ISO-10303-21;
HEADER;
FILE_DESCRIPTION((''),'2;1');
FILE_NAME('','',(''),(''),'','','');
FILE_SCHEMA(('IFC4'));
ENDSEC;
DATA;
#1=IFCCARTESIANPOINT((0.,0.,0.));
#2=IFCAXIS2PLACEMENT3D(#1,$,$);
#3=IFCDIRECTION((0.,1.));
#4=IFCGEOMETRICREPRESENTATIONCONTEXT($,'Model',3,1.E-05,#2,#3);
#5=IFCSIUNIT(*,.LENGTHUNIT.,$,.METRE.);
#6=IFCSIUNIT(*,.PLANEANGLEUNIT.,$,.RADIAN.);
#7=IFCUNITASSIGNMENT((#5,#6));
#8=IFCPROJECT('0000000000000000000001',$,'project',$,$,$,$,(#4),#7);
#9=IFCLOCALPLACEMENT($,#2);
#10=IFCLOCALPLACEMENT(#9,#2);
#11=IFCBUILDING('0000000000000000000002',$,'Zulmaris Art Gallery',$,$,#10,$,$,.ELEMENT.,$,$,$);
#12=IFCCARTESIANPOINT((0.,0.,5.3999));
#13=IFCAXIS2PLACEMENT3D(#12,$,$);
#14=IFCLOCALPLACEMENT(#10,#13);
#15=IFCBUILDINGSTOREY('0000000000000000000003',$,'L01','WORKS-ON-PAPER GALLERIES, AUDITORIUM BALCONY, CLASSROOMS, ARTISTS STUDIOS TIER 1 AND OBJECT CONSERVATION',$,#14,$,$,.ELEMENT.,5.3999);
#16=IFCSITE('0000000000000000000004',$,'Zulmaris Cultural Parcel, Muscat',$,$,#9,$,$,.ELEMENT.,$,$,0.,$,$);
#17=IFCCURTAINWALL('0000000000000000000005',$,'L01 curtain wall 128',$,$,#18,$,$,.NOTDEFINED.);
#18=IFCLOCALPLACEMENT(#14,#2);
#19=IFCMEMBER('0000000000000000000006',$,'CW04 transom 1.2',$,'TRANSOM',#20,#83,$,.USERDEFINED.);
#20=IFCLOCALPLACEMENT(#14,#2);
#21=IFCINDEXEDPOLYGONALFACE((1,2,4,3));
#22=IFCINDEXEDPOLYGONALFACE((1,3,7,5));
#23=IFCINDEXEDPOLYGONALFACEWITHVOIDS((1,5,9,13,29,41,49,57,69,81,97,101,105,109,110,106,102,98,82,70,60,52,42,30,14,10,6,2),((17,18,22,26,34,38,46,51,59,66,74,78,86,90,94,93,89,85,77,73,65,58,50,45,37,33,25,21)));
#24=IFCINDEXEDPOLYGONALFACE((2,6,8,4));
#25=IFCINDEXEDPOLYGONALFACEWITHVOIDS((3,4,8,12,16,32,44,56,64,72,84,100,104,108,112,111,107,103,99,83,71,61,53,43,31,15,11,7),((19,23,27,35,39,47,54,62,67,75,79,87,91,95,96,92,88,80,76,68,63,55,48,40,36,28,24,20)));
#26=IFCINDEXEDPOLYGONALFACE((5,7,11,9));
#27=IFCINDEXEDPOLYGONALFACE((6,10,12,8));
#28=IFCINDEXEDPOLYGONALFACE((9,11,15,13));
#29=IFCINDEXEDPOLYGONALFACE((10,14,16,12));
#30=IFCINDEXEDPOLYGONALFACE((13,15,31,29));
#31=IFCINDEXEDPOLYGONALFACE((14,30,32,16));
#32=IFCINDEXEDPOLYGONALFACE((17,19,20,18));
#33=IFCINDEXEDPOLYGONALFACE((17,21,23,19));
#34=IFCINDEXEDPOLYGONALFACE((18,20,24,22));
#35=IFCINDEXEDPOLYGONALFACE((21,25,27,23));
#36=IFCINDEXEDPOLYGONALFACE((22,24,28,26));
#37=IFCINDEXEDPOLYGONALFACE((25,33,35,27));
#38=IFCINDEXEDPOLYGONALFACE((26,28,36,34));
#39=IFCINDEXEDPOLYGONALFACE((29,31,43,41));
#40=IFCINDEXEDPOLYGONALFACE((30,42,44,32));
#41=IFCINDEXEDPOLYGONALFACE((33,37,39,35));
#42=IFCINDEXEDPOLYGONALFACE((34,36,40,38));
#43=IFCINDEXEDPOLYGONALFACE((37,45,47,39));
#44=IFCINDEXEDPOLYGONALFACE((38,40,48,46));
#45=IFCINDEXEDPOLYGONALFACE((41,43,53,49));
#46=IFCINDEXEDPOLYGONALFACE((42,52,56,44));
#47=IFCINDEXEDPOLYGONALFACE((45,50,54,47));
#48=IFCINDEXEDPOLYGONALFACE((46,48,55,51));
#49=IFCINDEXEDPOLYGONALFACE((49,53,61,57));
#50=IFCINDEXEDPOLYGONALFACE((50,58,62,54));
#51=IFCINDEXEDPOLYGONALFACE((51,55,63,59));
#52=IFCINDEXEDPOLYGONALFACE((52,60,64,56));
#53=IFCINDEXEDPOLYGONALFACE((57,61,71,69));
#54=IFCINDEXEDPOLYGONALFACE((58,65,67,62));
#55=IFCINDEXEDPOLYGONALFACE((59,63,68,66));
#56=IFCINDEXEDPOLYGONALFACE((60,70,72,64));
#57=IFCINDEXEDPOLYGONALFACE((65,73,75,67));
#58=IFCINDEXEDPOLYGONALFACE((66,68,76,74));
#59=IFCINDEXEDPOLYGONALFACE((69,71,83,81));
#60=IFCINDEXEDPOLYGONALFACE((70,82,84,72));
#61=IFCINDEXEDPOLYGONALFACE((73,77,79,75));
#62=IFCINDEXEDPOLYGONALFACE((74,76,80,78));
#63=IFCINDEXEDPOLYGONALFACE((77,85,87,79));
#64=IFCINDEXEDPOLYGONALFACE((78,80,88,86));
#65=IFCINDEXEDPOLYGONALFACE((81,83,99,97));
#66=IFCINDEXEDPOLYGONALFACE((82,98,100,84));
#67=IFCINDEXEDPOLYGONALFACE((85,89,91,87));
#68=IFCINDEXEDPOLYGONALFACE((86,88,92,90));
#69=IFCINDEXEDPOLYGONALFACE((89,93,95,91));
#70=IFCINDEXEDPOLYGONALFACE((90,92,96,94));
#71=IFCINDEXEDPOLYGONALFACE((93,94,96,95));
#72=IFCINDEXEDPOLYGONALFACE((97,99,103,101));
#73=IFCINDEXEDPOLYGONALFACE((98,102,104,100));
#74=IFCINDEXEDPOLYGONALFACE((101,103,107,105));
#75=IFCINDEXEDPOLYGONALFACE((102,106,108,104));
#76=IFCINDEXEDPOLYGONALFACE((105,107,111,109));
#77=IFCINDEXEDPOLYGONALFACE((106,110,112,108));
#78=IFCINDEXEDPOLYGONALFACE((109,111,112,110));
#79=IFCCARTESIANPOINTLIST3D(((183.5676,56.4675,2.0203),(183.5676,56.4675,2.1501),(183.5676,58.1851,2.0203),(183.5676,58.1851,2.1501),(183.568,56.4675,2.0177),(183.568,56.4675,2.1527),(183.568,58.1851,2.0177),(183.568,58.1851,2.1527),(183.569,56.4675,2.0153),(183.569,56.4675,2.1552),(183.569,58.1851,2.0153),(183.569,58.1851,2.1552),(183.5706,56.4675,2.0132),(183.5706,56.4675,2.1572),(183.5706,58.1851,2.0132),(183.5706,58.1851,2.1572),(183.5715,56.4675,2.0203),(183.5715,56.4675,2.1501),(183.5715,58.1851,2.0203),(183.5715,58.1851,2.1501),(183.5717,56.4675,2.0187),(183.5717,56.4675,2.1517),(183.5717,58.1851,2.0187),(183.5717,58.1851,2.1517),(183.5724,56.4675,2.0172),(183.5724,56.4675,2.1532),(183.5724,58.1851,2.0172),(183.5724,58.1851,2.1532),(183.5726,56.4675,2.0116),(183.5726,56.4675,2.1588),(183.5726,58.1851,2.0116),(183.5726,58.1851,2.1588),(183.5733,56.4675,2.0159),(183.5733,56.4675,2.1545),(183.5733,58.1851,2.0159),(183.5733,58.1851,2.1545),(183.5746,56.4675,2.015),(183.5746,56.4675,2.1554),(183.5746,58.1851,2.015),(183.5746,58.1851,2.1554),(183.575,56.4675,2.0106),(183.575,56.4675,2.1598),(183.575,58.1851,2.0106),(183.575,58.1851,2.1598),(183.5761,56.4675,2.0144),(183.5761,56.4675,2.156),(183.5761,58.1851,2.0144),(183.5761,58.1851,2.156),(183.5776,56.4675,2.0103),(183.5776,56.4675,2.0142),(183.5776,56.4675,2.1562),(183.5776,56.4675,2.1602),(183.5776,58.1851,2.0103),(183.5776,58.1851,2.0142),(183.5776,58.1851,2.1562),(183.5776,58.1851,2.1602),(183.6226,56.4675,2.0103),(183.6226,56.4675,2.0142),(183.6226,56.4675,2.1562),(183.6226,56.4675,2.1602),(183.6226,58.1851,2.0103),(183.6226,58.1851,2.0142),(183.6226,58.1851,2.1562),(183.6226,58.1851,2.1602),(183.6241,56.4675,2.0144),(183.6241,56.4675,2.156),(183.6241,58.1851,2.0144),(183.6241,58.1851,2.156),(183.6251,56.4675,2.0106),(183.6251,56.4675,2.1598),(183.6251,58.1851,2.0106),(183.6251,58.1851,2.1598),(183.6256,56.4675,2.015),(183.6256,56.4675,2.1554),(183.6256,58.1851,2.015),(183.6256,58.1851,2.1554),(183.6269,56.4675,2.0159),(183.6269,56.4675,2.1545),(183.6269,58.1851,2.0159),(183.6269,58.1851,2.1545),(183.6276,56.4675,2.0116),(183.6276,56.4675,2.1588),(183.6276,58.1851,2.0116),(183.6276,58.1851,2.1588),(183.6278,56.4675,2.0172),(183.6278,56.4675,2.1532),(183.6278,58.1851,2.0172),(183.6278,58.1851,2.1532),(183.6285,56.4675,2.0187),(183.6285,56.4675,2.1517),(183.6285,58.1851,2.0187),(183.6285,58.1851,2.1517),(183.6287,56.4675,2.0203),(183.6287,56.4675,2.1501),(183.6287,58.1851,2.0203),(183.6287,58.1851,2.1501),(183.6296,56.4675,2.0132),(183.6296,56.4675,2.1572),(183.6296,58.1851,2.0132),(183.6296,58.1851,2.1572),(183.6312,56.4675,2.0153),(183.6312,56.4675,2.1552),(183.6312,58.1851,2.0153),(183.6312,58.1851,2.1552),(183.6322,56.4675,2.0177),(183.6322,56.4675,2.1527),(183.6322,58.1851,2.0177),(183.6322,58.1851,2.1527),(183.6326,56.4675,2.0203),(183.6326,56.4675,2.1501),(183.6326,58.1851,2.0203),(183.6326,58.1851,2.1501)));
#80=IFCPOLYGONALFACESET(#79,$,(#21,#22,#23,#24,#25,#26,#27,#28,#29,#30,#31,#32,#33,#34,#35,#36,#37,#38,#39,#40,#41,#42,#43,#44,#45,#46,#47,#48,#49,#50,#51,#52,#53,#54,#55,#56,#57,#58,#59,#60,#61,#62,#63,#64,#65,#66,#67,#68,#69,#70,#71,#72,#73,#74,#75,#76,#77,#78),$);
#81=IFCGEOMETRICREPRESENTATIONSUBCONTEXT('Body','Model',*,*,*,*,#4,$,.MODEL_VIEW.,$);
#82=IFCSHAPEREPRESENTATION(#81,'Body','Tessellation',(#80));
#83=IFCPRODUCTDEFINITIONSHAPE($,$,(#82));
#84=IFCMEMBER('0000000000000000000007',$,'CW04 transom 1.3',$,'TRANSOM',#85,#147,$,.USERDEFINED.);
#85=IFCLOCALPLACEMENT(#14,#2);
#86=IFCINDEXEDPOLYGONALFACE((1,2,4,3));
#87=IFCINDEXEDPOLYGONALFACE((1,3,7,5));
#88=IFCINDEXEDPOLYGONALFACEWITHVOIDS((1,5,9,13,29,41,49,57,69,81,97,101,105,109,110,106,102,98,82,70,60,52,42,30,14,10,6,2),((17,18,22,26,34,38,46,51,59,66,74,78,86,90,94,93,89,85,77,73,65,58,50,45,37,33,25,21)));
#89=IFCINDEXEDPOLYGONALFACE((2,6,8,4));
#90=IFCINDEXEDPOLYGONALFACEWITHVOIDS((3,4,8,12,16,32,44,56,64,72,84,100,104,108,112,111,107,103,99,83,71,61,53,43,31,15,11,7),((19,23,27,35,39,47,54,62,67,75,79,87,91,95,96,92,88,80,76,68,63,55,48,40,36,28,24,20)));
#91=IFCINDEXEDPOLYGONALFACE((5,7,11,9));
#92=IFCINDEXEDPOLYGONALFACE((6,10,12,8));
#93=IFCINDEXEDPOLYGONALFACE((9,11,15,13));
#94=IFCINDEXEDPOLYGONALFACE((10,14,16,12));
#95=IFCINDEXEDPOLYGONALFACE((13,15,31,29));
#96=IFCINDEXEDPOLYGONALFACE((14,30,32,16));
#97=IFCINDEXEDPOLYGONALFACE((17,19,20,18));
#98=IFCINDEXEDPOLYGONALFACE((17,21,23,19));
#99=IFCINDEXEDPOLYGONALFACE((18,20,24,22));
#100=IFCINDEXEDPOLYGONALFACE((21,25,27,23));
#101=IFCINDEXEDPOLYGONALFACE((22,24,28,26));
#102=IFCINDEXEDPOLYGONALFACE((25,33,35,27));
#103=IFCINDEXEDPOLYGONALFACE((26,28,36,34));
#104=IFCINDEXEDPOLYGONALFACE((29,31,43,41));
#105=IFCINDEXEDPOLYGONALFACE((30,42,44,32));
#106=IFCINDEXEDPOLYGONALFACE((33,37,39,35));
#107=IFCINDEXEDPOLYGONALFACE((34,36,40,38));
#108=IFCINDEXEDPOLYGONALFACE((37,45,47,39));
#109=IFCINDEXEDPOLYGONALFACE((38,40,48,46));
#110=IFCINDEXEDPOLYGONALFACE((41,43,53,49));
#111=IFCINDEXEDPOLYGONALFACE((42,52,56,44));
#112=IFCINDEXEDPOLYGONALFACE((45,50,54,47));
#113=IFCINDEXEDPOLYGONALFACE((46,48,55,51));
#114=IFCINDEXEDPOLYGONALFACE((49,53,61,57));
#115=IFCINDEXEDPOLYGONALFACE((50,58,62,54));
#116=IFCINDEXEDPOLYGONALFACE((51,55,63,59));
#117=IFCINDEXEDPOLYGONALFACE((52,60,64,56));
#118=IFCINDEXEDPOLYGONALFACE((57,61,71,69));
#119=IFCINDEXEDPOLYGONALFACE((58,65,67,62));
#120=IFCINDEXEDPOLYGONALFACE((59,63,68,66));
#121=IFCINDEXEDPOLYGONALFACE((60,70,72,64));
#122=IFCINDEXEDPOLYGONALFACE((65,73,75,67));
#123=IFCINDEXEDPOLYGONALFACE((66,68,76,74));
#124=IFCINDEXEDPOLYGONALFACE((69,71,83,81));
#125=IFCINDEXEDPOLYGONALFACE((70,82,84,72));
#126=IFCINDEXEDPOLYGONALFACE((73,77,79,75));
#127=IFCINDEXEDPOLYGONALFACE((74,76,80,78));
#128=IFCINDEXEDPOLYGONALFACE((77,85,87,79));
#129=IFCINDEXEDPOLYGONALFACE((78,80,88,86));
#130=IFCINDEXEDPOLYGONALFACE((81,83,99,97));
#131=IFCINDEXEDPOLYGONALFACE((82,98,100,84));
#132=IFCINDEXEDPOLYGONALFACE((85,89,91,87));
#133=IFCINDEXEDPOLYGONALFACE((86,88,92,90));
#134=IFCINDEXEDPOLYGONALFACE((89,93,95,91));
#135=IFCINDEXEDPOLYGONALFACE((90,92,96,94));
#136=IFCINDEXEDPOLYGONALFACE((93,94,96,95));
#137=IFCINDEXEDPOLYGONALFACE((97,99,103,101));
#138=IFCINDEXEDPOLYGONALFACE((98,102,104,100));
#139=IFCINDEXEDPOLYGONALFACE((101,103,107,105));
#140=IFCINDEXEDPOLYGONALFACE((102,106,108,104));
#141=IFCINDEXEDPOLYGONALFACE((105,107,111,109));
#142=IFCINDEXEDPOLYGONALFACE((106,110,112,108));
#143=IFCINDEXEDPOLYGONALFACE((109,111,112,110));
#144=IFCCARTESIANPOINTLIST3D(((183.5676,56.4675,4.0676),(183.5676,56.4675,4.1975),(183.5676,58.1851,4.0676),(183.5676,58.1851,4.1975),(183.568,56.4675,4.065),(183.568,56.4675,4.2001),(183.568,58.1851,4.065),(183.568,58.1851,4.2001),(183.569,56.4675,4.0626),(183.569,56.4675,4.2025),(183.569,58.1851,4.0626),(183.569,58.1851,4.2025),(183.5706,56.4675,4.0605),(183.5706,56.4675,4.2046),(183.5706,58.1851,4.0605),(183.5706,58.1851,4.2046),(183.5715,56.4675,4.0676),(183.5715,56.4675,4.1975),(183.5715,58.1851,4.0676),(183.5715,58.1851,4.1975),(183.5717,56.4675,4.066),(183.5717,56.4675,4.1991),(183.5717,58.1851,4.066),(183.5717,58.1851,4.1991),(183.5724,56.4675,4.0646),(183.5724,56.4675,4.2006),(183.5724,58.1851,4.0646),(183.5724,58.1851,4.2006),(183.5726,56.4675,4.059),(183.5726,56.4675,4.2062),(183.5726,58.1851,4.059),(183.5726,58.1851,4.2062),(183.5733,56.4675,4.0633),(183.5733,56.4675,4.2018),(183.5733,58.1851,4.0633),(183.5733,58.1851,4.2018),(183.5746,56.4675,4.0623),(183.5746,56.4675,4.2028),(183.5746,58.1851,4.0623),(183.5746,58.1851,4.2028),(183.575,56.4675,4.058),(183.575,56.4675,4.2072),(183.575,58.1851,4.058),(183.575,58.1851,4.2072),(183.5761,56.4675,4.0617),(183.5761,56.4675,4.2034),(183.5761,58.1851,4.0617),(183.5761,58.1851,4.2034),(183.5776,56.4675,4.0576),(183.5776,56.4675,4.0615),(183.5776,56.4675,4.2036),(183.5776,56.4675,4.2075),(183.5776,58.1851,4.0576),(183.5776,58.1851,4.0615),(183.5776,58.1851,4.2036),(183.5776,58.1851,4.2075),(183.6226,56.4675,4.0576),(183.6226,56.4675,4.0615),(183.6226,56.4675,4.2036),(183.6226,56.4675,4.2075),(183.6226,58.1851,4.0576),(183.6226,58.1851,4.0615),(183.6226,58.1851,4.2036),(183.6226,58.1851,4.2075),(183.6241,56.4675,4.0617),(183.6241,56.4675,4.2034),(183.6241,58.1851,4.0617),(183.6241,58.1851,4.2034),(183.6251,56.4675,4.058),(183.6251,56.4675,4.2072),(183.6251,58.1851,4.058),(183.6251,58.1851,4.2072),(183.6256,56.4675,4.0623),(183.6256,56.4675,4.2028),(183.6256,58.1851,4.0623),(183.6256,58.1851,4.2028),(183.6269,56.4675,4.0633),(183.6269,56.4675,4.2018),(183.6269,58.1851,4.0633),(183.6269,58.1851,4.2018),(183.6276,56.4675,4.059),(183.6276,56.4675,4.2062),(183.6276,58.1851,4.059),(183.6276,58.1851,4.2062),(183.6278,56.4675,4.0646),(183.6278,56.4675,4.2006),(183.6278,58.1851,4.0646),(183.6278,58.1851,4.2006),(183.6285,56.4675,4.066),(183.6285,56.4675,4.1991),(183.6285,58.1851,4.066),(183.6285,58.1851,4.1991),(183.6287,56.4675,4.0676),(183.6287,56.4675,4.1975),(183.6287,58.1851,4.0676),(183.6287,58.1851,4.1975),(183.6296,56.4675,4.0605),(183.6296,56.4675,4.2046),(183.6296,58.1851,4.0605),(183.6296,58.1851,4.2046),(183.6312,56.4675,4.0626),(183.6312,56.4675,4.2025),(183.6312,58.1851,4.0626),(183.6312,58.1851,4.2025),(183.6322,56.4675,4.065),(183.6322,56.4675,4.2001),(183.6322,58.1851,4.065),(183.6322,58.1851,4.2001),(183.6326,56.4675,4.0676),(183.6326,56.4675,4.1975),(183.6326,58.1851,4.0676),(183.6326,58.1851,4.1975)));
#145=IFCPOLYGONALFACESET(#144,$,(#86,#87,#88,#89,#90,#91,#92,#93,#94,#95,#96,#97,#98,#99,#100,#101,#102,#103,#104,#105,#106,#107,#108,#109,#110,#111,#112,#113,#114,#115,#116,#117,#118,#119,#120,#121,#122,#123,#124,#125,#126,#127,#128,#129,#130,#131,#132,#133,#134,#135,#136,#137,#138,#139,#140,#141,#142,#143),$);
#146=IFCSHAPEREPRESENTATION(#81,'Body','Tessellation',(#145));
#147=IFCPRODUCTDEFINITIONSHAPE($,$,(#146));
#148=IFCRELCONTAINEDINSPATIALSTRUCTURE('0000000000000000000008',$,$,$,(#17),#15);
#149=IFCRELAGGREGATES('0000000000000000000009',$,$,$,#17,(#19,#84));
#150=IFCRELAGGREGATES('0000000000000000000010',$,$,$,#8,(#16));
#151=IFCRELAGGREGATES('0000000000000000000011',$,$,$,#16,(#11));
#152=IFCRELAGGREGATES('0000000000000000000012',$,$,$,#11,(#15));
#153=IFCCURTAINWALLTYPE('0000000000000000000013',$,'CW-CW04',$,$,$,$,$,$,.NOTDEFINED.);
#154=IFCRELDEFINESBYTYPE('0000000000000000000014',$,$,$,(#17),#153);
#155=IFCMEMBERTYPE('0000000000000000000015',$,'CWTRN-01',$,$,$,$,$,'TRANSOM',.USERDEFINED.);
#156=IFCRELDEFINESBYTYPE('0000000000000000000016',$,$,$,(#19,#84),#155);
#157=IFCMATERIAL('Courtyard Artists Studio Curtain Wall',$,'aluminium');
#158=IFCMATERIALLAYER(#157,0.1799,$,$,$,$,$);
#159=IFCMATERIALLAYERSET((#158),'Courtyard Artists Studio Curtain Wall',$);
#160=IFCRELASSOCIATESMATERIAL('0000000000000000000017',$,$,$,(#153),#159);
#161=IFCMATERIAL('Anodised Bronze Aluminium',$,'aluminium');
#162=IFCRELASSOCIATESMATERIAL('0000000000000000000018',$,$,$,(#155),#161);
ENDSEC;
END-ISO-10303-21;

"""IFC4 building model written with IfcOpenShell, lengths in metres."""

from ifc_helpers import new_model, si_unit, direction, frame, origin, origin_2d, place, context, subcontext, project, spatial, hollow_rectangle, extrude, material, layer, layer_set, material_profile, profile_set, type_object, element, aggregate, save


model = new_model("IFC4")

# Units and contexts
model_context = context("Model", 3, precision=1e-05, world=origin(), true_north=direction((0.0, 1.0)))
body_context = subcontext(model_context, "Body", "Model", "MODEL_VIEW")
ifc_project = project(units=[si_unit("LENGTHUNIT", "METRE"), si_unit("PLANEANGLEUNIT", "RADIAN")], contexts=[model_context])

# Site, building, storey
site_placement = place(None, origin())
site = spatial("IfcSite", under=ifc_project, at=site_placement, Name="Zulmaris Cultural Parcel, Muscat", CompositionType="ELEMENT", RefElevation=0.0)
building_placement = place(site_placement, origin())
building = spatial("IfcBuilding", under=site, at=building_placement, Name="Zulmaris Art Gallery", CompositionType="ELEMENT")
storey_placement = place(building_placement, frame((0.0, 0.0, 5.3999)))
storey = spatial("IfcBuildingStorey", under=building, at=storey_placement, Name="L01", Description="WORKS-ON-PAPER GALLERIES, AUDITORIUM BALCONY, CLASSROOMS, ARTISTS STUDIOS TIER 1 AND OBJECT CONSERVATION", CompositionType="ELEMENT", Elevation=5.3999)

# Curtain wall, members
ifc_material_1 = material(Name="Courtyard Artists Studio Curtain Wall", Category="aluminium")
ifc_layer_1 = layer(ifc_material_1, 0.1799)
ifc_layer_set_1 = layer_set([ifc_layer_1], Name="Courtyard Artists Studio Curtain Wall")
curtain_wall_type = type_object("IfcCurtainWallType", Name="CW-CW04", PredefinedType="NOTDEFINED", material=ifc_layer_set_1)
curtain_wall_placement = place(storey_placement, origin())
curtain_wall = element("IfcCurtainWall", 1, at=curtain_wall_placement, inside=storey, type_object=curtain_wall_type, Name="L01 curtain wall 128", PredefinedType="NOTDEFINED")
ifc_material_2 = material(Name="Anodised Bronze Aluminium", Category="aluminium")
ifc_material_profile_1 = material_profile(ifc_material_2, hollow_rectangle(XDim=0.0649, YDim=0.1499, WallThickness=0.0039, InnerFilletRadius=0.0061, OuterFilletRadius=0.01, at=origin_2d()), Name="ALU 65x150x4")
ifc_profile_set_1 = profile_set([ifc_material_profile_1], Name="Anodised Bronze Aluminium")
member_type_1 = type_object("IfcMemberType", Name="CWTRN-01", ElementType="TRANSOM", PredefinedType="USERDEFINED", material=ifc_profile_set_1)
member_1_placement = place(storey_placement, frame((183.6001, 58.1851, 2.0852), z_axis=(0.0, -1.0, 0.0), x_axis=(1.0, 0.0, 0.0)))
member_1 = element("IfcMember", 2, at=member_1_placement, type_object=member_type_1, Name="CW04 transom 1.2", ObjectType="TRANSOM", PredefinedType="USERDEFINED", context=body_context, shape_type="SweptSolid", body=[
    extrude(hollow_rectangle(XDim=0.0649, YDim=0.1499, WallThickness=0.0039, InnerFilletRadius=0.0061, OuterFilletRadius=0.01, at=origin_2d()), origin(), (0.0, 0.0, 1.0), 1.7175),
])
member_2_placement = place(storey_placement, frame((183.6001, 58.1851, 4.1326), z_axis=(0.0, -1.0, 0.0), x_axis=(1.0, 0.0, 0.0)))
member_2 = element("IfcMember", 3, at=member_2_placement, type_object=member_type_1, Name="CW04 transom 1.3", ObjectType="TRANSOM", PredefinedType="USERDEFINED", context=body_context, shape_type="SweptSolid", body=[
    extrude(hollow_rectangle(XDim=0.0649, YDim=0.1499, WallThickness=0.0039, InnerFilletRadius=0.0061, OuterFilletRadius=0.01, at=origin_2d()), origin(), (0.0, 0.0, 1.0), 1.7175),
])
aggregate(curtain_wall, [member_1, member_2])

save(model, "model.ifc")
